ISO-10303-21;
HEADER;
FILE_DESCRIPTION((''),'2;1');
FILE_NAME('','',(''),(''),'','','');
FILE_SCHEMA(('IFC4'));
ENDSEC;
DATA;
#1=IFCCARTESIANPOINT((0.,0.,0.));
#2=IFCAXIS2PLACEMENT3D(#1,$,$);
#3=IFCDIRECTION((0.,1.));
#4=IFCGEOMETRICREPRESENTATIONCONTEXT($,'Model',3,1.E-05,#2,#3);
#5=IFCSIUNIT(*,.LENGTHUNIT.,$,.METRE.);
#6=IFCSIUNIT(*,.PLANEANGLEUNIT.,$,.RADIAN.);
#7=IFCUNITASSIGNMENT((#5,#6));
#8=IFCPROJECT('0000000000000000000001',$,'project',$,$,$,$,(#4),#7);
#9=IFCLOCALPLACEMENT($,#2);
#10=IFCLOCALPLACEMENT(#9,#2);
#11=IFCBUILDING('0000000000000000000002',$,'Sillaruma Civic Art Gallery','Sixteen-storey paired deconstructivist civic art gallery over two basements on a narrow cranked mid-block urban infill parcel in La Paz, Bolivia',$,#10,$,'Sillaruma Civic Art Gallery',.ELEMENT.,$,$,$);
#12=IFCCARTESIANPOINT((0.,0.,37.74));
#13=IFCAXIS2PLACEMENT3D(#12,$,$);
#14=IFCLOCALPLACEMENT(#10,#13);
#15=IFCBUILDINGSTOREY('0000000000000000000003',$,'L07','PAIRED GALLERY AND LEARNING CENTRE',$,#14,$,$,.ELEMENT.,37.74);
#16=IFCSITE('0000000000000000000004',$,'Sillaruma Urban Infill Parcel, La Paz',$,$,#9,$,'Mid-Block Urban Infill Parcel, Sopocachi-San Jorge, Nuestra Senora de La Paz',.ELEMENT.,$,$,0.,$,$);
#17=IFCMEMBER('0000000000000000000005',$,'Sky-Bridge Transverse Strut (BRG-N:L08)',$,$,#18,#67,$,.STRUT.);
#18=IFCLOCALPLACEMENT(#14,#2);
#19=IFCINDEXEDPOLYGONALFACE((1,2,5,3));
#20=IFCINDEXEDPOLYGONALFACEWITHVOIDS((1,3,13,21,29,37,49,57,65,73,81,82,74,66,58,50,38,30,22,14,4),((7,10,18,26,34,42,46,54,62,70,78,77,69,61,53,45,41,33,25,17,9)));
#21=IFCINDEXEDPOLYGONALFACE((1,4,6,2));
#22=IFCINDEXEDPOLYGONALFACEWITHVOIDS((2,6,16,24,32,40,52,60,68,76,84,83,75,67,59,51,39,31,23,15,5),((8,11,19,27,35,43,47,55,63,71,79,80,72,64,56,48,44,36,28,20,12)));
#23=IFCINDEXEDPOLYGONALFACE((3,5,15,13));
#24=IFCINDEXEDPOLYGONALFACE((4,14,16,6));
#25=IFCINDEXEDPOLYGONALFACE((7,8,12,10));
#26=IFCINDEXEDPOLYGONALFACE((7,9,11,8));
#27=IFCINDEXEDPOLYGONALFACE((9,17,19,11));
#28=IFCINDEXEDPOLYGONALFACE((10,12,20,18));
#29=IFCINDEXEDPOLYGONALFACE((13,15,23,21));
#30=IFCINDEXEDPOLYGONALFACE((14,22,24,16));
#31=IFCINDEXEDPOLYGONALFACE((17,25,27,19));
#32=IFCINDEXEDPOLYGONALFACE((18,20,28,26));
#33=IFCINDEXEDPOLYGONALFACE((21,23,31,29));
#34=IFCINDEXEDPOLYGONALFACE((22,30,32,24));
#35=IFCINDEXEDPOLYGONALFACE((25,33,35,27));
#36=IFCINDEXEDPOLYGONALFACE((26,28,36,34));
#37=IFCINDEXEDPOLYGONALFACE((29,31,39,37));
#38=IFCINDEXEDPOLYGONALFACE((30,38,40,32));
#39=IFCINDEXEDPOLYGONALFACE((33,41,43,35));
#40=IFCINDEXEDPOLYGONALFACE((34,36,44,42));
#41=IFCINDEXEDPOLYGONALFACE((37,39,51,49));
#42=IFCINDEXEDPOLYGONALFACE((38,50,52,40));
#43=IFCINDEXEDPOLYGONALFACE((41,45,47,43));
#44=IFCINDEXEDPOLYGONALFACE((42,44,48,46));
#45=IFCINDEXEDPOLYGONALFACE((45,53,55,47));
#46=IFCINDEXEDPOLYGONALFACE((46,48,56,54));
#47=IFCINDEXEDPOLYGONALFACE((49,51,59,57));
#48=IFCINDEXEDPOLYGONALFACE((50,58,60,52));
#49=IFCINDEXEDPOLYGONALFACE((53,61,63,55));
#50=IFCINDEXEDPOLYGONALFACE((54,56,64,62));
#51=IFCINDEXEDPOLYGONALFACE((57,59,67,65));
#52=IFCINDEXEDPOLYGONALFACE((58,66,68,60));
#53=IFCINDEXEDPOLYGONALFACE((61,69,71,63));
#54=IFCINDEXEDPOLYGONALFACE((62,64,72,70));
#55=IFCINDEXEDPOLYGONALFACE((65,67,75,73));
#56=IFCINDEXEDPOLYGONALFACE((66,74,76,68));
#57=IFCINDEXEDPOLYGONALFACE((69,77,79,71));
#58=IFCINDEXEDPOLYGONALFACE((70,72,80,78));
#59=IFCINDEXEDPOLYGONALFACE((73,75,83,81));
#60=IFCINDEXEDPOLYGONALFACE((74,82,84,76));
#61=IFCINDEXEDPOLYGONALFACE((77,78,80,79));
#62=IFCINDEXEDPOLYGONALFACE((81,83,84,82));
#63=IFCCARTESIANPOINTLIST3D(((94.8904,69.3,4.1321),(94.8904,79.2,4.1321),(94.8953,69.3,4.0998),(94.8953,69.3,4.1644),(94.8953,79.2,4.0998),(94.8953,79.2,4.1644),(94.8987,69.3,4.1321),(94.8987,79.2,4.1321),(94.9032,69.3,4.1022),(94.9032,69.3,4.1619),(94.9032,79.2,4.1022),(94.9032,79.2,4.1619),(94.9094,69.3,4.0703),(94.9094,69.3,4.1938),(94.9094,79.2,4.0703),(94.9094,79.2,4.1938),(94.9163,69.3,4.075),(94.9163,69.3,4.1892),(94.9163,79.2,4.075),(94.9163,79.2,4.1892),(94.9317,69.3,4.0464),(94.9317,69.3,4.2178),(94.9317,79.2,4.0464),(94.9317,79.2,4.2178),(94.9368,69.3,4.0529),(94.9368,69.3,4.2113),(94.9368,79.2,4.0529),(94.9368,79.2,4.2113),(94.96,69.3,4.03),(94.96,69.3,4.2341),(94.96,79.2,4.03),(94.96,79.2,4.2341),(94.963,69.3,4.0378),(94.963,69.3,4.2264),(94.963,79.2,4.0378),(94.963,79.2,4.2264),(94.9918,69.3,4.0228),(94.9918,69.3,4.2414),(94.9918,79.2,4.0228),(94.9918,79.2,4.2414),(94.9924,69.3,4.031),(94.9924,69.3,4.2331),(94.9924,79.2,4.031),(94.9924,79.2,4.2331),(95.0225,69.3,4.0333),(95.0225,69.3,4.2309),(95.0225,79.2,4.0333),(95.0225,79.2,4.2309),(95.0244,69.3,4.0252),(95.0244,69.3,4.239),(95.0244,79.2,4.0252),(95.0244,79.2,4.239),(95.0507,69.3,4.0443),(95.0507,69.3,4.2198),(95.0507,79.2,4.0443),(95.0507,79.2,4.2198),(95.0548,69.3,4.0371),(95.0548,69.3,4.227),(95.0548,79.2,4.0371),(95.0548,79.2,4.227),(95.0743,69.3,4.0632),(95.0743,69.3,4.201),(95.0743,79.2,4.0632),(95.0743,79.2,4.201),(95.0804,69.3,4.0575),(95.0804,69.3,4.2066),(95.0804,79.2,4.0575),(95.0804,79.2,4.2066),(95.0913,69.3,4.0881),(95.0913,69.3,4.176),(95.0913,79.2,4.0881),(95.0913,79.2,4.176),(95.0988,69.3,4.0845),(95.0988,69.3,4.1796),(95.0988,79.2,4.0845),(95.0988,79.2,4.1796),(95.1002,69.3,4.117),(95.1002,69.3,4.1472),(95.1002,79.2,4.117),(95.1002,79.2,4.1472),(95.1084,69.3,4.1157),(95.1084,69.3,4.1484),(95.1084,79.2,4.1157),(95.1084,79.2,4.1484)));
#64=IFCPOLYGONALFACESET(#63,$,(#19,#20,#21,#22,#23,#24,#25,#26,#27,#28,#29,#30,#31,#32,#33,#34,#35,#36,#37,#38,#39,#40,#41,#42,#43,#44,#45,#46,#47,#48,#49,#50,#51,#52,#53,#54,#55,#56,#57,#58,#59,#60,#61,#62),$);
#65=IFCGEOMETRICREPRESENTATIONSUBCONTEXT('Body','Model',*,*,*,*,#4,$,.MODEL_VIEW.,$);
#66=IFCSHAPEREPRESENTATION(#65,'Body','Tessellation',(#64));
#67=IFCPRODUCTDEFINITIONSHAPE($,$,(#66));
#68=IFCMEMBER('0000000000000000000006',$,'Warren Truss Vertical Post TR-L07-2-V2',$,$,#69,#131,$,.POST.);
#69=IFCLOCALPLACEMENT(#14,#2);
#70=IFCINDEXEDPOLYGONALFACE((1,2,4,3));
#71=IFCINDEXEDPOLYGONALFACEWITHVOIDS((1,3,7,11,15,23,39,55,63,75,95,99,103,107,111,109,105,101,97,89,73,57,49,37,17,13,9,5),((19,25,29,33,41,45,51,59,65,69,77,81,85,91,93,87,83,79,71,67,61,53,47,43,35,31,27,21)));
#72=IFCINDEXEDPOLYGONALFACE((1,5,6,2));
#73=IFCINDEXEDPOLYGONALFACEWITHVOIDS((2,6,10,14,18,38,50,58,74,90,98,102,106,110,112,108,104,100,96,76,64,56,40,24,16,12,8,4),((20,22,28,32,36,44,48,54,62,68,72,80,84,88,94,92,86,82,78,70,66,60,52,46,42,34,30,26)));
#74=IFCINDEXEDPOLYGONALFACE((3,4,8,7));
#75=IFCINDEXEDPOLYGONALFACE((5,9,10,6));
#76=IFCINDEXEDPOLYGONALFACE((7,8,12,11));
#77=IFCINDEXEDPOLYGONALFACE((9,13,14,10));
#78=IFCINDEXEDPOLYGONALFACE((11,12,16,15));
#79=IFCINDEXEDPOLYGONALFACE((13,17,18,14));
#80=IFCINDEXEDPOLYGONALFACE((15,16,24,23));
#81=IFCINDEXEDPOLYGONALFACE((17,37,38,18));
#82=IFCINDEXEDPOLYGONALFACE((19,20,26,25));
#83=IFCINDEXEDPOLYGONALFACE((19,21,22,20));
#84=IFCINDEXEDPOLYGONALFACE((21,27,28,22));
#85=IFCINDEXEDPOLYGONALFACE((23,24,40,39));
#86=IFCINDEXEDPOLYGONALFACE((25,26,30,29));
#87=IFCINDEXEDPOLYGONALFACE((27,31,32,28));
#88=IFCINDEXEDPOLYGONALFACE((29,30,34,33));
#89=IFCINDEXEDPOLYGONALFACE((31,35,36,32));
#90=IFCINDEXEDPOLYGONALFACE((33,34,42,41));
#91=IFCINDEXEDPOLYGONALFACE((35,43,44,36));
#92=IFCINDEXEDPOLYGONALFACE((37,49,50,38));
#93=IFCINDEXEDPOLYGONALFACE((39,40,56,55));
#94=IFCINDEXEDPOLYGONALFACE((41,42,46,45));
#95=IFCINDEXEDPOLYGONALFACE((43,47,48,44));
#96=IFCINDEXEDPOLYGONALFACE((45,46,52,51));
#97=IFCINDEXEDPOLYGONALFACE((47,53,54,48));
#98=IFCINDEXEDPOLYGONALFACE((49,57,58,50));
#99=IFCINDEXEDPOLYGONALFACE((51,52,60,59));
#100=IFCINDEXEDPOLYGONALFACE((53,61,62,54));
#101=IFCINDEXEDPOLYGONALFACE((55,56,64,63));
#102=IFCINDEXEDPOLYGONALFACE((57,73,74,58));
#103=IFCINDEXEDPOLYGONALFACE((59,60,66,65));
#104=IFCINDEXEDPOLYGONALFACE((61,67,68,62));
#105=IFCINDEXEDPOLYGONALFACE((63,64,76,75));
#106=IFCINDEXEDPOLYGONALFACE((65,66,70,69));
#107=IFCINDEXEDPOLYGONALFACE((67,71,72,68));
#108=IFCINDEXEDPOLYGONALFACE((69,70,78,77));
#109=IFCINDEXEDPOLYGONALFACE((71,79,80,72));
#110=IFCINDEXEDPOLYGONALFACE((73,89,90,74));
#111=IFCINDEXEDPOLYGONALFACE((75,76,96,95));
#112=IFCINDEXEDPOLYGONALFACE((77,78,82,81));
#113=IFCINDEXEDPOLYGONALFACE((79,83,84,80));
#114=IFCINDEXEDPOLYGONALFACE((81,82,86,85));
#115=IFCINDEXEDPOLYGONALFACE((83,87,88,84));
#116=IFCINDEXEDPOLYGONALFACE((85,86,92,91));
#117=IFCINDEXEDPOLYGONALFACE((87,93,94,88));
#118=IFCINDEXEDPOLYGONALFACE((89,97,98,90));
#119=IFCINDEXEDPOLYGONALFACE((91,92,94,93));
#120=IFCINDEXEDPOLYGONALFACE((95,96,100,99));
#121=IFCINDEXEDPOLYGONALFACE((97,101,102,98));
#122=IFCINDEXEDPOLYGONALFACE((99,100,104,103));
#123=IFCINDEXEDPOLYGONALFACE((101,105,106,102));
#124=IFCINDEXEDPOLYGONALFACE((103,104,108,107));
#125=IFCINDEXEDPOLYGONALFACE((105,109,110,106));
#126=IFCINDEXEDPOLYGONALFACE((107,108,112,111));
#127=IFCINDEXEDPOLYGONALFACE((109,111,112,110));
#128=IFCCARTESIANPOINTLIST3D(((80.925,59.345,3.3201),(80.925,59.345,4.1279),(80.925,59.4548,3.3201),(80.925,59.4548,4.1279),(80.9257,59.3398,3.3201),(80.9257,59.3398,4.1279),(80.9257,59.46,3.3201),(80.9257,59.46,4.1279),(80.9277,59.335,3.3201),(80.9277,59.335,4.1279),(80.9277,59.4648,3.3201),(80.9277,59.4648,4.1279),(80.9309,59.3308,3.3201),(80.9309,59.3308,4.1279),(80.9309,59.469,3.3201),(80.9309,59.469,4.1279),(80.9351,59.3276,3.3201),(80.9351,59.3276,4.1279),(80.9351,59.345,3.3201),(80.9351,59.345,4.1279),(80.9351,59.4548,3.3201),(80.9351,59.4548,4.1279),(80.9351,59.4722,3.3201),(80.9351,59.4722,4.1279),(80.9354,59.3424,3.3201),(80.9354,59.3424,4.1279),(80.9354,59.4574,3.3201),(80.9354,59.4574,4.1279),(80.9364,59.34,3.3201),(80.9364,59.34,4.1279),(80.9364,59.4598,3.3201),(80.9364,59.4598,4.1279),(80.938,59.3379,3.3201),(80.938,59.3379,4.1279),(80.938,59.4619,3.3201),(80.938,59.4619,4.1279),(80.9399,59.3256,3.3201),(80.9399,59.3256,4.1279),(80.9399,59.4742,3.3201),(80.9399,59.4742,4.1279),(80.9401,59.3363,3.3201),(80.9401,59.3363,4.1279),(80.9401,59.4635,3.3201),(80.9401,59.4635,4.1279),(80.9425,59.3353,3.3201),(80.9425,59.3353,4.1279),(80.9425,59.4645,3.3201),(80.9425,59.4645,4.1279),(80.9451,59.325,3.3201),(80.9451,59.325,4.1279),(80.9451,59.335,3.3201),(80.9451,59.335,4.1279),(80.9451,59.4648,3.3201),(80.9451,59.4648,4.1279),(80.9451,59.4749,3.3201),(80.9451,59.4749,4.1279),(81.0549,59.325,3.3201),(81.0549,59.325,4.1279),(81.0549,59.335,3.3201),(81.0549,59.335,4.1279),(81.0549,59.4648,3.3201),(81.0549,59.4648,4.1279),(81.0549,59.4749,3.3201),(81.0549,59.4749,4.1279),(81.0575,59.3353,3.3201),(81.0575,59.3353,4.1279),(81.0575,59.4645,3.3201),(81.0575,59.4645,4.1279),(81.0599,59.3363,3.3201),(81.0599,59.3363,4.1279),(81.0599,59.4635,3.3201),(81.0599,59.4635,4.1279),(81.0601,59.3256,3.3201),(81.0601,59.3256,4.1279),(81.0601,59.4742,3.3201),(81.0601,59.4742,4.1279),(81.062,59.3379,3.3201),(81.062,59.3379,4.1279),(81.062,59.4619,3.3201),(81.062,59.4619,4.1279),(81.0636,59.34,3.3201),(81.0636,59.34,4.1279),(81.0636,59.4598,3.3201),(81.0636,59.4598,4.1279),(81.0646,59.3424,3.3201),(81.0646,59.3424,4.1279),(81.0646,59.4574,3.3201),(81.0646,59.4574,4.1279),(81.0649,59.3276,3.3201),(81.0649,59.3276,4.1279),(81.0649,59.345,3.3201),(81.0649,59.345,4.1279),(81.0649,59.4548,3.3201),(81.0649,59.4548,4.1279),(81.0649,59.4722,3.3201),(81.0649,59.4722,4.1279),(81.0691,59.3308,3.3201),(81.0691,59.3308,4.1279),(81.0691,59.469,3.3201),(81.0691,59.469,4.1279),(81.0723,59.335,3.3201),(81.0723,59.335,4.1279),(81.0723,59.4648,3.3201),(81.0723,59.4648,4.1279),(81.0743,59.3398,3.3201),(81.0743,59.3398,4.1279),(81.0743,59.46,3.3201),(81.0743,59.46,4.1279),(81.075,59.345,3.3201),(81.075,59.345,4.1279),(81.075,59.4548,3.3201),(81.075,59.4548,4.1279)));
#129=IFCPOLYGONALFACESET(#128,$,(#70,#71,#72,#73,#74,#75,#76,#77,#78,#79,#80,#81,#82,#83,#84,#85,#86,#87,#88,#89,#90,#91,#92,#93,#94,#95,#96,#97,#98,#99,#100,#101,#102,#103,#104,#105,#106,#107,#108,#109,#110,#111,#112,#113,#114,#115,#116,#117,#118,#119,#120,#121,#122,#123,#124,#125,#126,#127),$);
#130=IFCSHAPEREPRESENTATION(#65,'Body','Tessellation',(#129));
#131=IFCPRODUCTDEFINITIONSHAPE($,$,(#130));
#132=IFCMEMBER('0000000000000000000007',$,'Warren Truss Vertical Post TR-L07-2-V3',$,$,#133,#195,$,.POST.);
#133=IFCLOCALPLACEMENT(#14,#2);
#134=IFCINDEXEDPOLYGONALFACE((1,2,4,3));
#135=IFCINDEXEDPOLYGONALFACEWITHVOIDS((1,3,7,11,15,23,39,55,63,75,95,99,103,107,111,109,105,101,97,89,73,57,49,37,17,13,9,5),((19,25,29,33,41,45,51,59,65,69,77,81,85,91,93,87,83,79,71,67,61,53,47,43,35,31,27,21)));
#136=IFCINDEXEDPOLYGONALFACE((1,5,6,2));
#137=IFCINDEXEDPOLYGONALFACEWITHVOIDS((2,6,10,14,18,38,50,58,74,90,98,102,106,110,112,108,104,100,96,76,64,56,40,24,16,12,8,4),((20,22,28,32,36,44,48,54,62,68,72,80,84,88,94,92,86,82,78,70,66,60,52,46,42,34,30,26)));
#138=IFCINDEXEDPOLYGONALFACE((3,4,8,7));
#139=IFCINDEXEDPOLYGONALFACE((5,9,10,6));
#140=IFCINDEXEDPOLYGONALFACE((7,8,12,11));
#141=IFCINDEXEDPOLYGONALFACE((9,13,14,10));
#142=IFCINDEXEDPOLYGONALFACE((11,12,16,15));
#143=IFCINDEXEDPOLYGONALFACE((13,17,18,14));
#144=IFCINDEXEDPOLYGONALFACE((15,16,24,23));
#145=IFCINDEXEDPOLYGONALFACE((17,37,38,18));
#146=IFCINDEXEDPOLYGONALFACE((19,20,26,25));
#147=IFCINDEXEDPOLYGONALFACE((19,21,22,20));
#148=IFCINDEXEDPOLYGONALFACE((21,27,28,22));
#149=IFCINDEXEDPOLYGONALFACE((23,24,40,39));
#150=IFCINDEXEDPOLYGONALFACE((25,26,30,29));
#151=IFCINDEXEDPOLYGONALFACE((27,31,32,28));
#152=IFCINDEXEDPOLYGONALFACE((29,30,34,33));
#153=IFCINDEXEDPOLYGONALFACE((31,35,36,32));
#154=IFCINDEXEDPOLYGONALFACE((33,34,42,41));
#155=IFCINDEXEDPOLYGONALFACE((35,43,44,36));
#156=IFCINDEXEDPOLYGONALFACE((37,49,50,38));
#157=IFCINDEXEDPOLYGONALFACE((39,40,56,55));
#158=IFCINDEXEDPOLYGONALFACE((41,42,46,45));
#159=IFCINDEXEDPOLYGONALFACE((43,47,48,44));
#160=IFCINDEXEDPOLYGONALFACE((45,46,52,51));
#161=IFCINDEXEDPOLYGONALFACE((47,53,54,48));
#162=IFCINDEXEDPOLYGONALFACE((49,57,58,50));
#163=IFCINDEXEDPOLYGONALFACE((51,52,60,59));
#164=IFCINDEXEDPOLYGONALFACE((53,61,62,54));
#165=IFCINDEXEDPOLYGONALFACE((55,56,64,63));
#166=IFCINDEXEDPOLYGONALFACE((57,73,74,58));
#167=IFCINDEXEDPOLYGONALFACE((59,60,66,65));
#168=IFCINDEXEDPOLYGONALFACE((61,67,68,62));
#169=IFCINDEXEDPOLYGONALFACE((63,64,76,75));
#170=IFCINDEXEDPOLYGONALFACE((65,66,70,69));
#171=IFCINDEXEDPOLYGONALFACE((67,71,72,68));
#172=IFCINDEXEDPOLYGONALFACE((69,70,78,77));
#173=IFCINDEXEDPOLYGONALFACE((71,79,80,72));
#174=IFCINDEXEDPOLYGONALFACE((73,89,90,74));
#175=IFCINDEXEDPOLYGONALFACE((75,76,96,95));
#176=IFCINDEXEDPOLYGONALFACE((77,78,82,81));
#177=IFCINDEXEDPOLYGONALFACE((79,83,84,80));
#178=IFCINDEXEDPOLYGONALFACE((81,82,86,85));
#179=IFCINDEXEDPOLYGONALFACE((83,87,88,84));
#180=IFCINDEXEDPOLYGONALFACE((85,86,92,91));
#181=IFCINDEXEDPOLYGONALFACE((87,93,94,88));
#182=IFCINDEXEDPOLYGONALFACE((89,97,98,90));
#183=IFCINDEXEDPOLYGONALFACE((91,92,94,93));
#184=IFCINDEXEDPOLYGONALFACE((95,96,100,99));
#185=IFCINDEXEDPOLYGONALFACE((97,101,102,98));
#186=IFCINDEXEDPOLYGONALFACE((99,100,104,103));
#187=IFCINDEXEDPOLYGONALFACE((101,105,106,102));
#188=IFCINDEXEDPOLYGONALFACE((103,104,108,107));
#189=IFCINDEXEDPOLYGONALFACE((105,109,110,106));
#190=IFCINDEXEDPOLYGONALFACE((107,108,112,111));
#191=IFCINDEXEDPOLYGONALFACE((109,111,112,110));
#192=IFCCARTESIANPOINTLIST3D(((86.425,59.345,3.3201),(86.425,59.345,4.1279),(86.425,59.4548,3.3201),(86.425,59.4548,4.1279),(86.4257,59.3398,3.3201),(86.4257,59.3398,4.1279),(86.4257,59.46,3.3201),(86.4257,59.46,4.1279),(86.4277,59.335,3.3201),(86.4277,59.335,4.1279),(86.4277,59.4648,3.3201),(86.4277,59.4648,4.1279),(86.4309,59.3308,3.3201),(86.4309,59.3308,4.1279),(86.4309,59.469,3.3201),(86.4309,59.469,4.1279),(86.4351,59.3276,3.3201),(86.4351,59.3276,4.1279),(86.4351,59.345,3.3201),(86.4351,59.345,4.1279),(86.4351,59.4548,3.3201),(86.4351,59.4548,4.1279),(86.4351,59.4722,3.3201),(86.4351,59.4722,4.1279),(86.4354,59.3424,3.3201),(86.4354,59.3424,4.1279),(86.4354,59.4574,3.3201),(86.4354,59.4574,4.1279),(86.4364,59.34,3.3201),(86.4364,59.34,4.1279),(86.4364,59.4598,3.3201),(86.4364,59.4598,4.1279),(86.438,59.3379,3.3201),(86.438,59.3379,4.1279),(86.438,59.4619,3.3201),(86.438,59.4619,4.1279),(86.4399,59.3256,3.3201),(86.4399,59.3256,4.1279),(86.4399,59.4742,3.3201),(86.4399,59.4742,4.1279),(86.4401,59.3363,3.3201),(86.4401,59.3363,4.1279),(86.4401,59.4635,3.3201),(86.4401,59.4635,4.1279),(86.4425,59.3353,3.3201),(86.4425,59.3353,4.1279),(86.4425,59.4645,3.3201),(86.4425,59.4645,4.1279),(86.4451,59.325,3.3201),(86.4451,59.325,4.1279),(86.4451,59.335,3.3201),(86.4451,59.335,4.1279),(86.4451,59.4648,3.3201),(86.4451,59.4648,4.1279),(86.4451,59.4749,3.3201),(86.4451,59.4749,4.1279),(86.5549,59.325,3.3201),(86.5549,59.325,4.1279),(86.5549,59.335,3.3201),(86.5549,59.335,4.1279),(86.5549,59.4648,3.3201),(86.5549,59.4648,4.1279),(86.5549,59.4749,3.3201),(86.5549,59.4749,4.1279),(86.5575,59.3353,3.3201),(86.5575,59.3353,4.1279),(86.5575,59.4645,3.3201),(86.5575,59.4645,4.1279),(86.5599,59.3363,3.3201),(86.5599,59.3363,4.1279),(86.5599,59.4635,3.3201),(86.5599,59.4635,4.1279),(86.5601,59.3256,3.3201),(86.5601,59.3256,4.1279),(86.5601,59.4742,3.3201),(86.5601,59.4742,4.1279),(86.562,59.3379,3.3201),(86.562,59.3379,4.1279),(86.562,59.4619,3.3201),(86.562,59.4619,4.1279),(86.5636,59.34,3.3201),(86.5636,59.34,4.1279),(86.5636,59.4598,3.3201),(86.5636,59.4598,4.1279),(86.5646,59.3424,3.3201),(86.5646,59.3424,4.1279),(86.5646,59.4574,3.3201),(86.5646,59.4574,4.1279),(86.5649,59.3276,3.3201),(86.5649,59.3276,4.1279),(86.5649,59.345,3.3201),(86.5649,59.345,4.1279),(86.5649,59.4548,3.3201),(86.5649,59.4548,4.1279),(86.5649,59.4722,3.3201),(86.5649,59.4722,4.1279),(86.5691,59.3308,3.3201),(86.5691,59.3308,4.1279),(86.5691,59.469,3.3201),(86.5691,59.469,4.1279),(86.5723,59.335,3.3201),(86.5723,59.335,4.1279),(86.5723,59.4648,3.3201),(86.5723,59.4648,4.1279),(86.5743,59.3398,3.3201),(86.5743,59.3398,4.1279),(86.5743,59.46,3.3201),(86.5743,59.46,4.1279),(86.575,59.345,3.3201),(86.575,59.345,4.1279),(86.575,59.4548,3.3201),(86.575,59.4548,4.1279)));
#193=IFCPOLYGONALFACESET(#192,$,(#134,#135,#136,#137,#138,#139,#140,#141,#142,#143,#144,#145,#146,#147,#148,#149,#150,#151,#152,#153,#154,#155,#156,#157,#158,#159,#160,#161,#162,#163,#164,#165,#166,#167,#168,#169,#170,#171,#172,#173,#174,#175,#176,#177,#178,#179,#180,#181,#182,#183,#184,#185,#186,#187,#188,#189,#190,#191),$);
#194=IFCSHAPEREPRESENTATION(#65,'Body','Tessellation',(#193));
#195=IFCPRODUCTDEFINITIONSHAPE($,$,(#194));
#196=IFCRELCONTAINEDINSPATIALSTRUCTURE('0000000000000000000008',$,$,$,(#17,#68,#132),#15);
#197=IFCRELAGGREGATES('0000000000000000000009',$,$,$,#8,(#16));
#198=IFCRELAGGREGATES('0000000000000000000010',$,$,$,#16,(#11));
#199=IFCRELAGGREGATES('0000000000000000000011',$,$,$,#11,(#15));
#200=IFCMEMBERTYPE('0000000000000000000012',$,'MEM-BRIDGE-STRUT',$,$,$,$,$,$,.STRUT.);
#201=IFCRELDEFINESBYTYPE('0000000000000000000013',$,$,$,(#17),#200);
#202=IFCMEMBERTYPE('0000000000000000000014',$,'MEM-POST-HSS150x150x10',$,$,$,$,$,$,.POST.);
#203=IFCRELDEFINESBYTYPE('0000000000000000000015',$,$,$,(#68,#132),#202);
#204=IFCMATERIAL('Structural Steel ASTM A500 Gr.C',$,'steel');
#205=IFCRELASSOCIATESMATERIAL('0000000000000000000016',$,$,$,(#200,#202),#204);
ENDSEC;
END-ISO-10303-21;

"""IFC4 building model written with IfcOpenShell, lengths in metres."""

from ifc_helpers import new_model, si_unit, direction, frame, origin, origin_2d, place, context, subcontext, project, spatial, hollow_rectangle, hollow_circle, extrude, material, material_profile, profile_set, type_object, element, save


model = new_model("IFC4")

# Units and contexts
model_context = context("Model", 3, precision=1e-05, world=origin(), true_north=direction((0.0, 1.0)))
body_context = subcontext(model_context, "Body", "Model", "MODEL_VIEW")
ifc_project = project(units=[si_unit("LENGTHUNIT", "METRE"), si_unit("PLANEANGLEUNIT", "RADIAN")], contexts=[model_context])

# Site, building, storey
site_placement = place(None, origin())
site = spatial("IfcSite", under=ifc_project, at=site_placement, Name="Sillaruma Urban Infill Parcel, La Paz", LongName="Mid-Block Urban Infill Parcel, Sopocachi-San Jorge, Nuestra Senora de La Paz", CompositionType="ELEMENT", RefElevation=0.0)
building_placement = place(site_placement, origin())
building = spatial("IfcBuilding", under=site, at=building_placement, Name="Sillaruma Civic Art Gallery", Description="Sixteen-storey paired deconstructivist civic art gallery over two basements on a narrow cranked mid-block urban infill parcel in La Paz, Bolivia", LongName="Sillaruma Civic Art Gallery", CompositionType="ELEMENT")
storey_placement = place(building_placement, frame((0.0, 0.0, 37.74)))
storey = spatial("IfcBuildingStorey", under=building, at=storey_placement, Name="L07", Description="PAIRED GALLERY AND LEARNING CENTRE", CompositionType="ELEMENT", Elevation=37.74)

# Shared definitions
ifc_material_1 = material(Name="Structural Steel ASTM A500 Gr.C", Category="steel")

# Members
ifc_material_profile_1 = material_profile(ifc_material_1, hollow_circle(Radius=0.1096, WallThickness=0.0083, at=origin_2d()), Name="CHS219.1x8.2")
ifc_profile_set_1 = profile_set([ifc_material_profile_1], Name="Structural Steel ASTM A500 Gr.C")
member_type_1 = type_object("IfcMemberType", Name="MEM-BRIDGE-STRUT", PredefinedType="STRUT", material=ifc_profile_set_1)
member_1_placement = place(storey_placement, frame((95.0, 69.3, 4.1321), z_axis=(0.0, 1.0, 0.0), x_axis=(-1.0, 0.0, 0.0)))
element("IfcMember", 1, at=member_1_placement, inside=storey, type_object=member_type_1, Name="Sky-Bridge Transverse Strut (BRG-N:L08)", PredefinedType="STRUT", context=body_context, shape_type="SweptSolid", body=[
    extrude(hollow_circle(Radius=0.1096, WallThickness=0.0083, at=origin_2d()), origin(), (0.0, 0.0, 1.0), 9.8999),
])
ifc_material_profile_2 = material_profile(ifc_material_1, hollow_rectangle(XDim=0.1499, YDim=0.1499, WallThickness=0.01, InnerFilletRadius=0.01, OuterFilletRadius=0.02, at=origin_2d()), Name="HSS150x150x10")
ifc_profile_set_2 = profile_set([ifc_material_profile_2], Name="Structural Steel ASTM A500 Gr.C")
member_type_2 = type_object("IfcMemberType", Name="MEM-POST-HSS150x150x10", PredefinedType="POST", material=ifc_profile_set_2)
for number, where, z_axis, x_axis, name in (
    (2, (81.0, 59.3999, 3.3201), (0.0, 0.0, 1.0), (1.0, 0.0, 0.0), "Warren Truss Vertical Post TR-L07-2-V2"),
    (3, (86.5, 59.3999, 3.3201), (0.0, 0.0, 1.0), (1.0, 0.0, 0.0), "Warren Truss Vertical Post TR-L07-2-V3"),
):
    element("IfcMember", number, at=place(storey_placement, frame(where, z_axis=z_axis, x_axis=x_axis)), inside=storey, type_object=member_type_2, Name=name, PredefinedType="POST", context=body_context, shape_type="SweptSolid", body=[
        extrude(hollow_rectangle(XDim=0.1499, YDim=0.1499, WallThickness=0.01, InnerFilletRadius=0.01, OuterFilletRadius=0.02, at=origin_2d()), origin(), (0.0, 0.0, 1.0), 0.8079),
    ])

save(model, "model.ifc")
